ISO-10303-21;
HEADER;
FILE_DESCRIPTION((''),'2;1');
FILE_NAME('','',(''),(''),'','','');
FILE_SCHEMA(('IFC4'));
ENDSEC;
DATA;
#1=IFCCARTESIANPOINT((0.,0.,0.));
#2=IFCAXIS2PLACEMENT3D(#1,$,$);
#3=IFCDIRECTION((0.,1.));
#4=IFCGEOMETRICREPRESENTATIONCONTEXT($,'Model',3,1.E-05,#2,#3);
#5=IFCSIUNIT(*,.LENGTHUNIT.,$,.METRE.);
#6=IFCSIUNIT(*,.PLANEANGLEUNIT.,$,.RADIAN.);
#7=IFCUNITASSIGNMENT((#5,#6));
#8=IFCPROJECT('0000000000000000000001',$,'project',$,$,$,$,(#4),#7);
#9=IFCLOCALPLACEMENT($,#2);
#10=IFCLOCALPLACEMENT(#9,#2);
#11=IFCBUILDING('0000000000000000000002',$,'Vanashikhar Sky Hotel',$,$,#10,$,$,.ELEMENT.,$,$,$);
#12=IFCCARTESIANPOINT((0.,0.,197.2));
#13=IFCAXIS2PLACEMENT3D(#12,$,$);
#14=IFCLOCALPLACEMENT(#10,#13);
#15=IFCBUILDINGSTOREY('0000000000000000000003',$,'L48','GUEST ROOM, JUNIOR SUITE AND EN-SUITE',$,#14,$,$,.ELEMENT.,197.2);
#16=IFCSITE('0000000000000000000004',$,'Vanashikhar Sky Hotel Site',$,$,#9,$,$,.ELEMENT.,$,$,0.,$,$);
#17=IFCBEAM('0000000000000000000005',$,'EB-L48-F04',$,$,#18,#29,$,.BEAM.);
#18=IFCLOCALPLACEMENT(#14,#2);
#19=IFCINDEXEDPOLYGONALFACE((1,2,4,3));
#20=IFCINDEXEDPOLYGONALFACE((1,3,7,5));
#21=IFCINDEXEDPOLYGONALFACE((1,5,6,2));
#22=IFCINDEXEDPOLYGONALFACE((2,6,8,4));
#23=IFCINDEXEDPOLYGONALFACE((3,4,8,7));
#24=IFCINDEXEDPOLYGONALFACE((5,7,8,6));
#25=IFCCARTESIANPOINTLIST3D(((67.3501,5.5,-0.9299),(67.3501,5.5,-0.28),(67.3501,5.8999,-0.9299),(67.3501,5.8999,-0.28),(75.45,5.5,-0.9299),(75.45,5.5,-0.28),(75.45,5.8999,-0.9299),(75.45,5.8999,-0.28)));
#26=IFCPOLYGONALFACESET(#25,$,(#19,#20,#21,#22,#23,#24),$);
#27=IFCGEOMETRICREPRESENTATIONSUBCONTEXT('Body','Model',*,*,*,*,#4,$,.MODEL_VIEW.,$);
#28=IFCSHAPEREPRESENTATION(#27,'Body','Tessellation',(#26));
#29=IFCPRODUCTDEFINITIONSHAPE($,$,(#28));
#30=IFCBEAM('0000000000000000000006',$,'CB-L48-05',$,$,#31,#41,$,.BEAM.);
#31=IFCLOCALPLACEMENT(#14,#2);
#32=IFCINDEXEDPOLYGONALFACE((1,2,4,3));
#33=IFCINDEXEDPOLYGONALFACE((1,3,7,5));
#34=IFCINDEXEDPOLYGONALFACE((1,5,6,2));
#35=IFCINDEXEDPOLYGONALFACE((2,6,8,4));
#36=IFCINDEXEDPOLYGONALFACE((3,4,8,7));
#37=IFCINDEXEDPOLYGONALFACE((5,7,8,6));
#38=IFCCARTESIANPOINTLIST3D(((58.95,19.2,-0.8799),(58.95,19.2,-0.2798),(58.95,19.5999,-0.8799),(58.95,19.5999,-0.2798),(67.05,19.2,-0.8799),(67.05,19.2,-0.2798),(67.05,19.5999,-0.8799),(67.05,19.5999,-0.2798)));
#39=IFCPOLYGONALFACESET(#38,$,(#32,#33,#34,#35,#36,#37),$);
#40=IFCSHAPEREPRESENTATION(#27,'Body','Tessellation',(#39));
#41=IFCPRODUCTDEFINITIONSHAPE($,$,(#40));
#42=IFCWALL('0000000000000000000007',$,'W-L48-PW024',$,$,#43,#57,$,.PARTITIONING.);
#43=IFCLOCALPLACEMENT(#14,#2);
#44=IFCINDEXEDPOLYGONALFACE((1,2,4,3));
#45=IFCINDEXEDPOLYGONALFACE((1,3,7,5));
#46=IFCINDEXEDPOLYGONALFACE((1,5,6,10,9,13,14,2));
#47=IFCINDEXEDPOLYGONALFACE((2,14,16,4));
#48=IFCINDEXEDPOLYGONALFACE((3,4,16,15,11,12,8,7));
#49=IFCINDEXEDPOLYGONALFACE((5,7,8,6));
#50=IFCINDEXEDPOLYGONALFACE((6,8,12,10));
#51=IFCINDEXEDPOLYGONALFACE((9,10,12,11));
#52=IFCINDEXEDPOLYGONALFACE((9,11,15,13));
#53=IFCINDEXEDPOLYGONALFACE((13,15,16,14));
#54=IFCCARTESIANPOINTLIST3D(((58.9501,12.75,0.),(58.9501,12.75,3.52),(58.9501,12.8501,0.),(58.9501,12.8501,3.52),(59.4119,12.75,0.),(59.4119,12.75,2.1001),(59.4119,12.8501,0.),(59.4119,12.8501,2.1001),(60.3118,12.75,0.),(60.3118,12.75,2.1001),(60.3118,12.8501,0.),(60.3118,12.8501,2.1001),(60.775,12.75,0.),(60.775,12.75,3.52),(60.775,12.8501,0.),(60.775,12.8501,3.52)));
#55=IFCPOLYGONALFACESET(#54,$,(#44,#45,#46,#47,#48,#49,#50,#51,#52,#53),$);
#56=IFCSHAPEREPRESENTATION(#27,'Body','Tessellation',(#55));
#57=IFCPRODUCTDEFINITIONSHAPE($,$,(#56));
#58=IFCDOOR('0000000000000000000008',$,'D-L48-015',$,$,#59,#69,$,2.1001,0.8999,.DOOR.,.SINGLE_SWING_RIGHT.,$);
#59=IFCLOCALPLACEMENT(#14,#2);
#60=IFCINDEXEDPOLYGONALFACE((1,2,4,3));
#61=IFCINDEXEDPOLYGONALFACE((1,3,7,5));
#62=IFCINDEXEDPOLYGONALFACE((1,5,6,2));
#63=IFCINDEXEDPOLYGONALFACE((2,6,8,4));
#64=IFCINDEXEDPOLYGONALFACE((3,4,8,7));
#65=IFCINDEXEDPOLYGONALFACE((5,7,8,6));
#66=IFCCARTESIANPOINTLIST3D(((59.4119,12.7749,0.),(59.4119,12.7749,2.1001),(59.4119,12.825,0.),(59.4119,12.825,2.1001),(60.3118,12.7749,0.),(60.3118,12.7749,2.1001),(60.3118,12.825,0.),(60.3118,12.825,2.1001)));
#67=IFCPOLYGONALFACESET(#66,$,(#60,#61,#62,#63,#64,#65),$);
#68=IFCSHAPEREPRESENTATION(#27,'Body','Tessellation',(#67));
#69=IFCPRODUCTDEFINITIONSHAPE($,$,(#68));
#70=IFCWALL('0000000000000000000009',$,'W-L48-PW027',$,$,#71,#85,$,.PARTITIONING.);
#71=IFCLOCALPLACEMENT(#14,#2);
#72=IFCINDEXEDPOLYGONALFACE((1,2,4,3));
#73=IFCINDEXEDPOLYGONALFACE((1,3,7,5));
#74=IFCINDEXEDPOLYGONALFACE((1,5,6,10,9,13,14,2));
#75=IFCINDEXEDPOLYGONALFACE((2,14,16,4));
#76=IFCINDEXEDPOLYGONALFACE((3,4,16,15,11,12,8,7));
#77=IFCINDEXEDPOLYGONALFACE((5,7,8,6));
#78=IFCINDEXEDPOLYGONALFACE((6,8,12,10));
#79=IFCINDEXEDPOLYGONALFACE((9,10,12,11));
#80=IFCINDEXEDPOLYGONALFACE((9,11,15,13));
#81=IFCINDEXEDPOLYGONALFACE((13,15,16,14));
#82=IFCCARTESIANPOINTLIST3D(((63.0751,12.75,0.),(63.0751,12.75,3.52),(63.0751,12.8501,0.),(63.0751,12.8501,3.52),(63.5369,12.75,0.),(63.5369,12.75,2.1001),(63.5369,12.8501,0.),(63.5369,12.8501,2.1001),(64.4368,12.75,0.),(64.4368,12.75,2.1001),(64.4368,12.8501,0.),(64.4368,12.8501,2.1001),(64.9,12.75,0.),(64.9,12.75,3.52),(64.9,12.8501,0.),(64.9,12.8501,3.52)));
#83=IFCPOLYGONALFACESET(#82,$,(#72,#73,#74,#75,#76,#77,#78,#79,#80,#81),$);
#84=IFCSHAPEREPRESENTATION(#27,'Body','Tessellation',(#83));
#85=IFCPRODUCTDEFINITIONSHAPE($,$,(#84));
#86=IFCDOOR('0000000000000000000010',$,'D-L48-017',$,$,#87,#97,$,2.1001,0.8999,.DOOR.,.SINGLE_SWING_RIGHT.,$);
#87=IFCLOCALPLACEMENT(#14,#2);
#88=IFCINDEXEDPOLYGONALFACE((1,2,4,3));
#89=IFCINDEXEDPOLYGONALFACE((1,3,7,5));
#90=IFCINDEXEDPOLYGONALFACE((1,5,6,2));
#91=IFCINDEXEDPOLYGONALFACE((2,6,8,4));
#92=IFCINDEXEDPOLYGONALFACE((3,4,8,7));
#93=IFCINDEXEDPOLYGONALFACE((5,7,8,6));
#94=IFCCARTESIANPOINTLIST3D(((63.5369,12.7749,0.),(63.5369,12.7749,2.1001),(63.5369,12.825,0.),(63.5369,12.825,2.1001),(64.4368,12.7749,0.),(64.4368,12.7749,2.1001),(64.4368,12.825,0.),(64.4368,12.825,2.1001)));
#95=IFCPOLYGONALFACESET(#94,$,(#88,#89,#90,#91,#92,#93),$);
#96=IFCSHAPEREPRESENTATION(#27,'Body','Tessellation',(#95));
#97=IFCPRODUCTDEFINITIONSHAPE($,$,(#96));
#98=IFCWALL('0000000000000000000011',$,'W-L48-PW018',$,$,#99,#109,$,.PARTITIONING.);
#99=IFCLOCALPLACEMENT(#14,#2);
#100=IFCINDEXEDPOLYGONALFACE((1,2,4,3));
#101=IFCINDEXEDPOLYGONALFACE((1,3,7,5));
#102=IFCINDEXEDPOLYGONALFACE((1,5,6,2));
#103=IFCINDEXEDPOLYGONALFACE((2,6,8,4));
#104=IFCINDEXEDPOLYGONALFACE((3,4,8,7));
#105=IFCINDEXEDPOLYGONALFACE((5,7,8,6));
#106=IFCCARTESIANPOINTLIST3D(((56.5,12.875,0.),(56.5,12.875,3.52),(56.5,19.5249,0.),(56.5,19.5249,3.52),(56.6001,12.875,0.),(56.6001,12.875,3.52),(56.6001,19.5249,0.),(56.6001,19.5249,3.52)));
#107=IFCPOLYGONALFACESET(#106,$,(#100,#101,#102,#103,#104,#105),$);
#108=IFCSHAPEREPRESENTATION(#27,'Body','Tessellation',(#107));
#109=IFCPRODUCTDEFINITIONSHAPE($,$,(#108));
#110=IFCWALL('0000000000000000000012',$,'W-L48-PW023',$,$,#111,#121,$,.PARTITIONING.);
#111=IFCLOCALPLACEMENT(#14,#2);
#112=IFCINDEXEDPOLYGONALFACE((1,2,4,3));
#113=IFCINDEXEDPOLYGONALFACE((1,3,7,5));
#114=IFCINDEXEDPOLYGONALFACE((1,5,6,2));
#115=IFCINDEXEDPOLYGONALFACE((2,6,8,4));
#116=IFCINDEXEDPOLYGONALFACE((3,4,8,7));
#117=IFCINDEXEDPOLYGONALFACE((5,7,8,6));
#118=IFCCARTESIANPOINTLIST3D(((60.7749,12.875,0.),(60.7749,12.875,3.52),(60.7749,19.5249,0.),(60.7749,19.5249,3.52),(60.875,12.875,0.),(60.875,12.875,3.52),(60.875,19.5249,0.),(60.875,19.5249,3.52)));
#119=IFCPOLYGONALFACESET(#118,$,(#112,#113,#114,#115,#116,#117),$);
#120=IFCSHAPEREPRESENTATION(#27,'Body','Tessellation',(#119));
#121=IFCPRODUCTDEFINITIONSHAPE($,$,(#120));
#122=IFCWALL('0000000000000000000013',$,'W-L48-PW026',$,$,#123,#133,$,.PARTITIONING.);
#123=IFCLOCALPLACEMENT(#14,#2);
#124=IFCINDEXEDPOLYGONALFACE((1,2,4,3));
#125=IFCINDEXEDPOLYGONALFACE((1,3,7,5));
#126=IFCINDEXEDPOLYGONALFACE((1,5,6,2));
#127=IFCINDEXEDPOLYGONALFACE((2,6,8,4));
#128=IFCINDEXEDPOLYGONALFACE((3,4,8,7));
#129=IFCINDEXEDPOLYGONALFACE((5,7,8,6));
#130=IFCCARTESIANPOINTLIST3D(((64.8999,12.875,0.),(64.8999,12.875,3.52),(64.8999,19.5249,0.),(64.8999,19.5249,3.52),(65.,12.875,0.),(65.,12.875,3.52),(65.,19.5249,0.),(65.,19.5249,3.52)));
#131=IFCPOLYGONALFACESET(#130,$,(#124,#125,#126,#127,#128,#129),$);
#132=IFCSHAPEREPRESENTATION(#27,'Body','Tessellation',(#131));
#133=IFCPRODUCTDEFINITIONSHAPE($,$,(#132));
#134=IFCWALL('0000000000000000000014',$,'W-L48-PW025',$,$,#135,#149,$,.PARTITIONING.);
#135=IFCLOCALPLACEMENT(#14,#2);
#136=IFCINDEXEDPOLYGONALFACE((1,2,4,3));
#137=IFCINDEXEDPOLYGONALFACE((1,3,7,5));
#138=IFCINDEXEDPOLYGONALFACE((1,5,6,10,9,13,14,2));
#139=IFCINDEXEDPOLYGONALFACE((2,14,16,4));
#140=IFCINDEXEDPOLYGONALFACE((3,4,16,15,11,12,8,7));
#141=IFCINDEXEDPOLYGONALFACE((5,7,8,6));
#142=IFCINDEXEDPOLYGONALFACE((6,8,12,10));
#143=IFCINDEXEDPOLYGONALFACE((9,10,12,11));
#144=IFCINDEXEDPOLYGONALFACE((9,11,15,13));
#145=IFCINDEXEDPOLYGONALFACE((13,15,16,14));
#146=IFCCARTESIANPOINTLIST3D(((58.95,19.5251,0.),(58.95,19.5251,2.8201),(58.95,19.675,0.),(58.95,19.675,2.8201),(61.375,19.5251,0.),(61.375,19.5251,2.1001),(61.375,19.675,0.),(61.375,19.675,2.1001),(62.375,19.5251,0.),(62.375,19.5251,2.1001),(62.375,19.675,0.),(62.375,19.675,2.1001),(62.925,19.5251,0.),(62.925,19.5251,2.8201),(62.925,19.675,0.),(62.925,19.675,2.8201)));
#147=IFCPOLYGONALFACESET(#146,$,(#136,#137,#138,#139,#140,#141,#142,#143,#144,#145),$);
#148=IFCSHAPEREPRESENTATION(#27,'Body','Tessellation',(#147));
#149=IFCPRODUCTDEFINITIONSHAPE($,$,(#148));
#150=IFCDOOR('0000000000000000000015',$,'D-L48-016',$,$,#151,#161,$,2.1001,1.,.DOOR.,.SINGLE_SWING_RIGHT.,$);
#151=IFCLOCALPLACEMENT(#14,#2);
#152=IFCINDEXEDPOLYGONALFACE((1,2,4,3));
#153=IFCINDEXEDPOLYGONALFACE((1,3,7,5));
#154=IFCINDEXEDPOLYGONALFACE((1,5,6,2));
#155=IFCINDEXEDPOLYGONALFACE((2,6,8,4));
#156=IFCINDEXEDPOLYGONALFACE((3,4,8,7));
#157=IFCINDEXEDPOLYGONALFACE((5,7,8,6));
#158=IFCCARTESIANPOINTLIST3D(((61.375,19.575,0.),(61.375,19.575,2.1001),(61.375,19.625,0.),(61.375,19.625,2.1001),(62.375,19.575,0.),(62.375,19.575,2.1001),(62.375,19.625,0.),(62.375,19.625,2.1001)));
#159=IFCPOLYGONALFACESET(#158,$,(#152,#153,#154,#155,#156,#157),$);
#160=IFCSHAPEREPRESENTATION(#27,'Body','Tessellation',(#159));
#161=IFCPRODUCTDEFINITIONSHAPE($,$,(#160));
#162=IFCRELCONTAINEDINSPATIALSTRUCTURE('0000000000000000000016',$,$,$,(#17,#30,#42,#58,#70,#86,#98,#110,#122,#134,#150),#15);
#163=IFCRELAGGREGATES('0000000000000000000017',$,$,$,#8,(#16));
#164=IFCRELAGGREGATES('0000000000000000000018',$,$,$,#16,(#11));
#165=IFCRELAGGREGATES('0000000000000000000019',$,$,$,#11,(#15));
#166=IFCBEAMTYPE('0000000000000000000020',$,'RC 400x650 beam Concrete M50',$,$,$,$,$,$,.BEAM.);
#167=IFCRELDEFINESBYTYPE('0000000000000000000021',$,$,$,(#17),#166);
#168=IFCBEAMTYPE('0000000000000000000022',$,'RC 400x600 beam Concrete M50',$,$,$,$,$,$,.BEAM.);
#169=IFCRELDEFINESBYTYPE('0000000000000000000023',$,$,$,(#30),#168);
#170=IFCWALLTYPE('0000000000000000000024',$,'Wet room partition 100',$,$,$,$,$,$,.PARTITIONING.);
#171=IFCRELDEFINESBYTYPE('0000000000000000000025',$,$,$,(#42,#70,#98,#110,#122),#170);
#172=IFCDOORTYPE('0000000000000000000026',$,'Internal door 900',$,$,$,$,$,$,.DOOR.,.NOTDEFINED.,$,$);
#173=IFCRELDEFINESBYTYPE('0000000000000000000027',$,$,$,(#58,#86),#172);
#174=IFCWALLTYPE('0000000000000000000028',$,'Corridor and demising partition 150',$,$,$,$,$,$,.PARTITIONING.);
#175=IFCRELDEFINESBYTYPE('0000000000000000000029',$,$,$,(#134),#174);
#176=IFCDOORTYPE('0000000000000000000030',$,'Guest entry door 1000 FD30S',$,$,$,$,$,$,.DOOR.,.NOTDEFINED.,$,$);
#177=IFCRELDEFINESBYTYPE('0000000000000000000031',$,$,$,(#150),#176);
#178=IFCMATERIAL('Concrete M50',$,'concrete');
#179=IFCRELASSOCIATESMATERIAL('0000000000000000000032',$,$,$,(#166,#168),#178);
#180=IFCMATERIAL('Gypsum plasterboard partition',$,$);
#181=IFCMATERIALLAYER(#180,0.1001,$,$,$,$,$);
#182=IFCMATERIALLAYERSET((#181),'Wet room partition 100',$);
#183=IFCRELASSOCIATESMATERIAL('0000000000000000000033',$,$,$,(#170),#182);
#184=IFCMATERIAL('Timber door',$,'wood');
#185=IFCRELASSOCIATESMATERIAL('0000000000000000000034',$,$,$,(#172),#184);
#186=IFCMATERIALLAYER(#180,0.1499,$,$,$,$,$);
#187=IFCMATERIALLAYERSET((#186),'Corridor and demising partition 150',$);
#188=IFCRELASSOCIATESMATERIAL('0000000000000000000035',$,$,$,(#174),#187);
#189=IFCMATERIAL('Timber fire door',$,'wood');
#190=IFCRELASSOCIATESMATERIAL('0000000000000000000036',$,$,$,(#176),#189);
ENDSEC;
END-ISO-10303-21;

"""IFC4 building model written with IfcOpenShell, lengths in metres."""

from ifc_helpers import new_model, si_unit, direction, frame, frame_2d, origin, origin_2d, place, context, subcontext, project, spatial, rectangle, extrude, source, transform, mapped, material, layer, layer_set, material_profile, profile_set, type_object, element, fill, save


model = new_model("IFC4")

# Units and contexts
model_context = context("Model", 3, precision=1e-05, world=origin(), true_north=direction((0.0, 1.0)))
body_context = subcontext(model_context, "Body", "Model", "MODEL_VIEW")
ifc_project = project(units=[si_unit("LENGTHUNIT", "METRE"), si_unit("PLANEANGLEUNIT", "RADIAN")], contexts=[model_context])

# Site, building, storey
site_placement = place(None, origin())
site = spatial("IfcSite", under=ifc_project, at=site_placement, Name="Vanashikhar Sky Hotel Site", CompositionType="ELEMENT", RefElevation=0.0)
building_placement = place(site_placement, origin())
building = spatial("IfcBuilding", under=site, at=building_placement, Name="Vanashikhar Sky Hotel", CompositionType="ELEMENT")
storey_placement = place(building_placement, frame((0.0, 0.0, 197.2)))
storey = spatial("IfcBuildingStorey", under=building, at=storey_placement, Name="L48", Description="GUEST ROOM, JUNIOR SUITE AND EN-SUITE", CompositionType="ELEMENT", Elevation=197.2)

# Beams
ifc_material_1 = material(Name="Concrete M50", Category="concrete")
ifc_material_profile_1 = material_profile(ifc_material_1, rectangle(XDim=0.3999, YDim=0.6499, at=origin_2d()))
ifc_profile_set_1 = profile_set([ifc_material_profile_1], Name="RC 400x650 beam Concrete M50")
beam_type_1 = type_object("IfcBeamType", Name="RC 400x650 beam Concrete M50", PredefinedType="BEAM", material=ifc_profile_set_1)
shared_shape_1 = source(origin(), body_context, "Body", "SweptSolid", [
    extrude(rectangle(XDim=0.3999, YDim=0.6499, at=origin_2d()), origin(), (0.0, 0.0, 1.0), 8.0999),
])
beam_1_placement = place(storey_placement, frame((67.3501, 5.7, -0.605), z_axis=(1.0, 0.0, 0.0), x_axis=(0.0, 1.0, 0.0)))
element("IfcBeam", 1, at=beam_1_placement, inside=storey, type_object=beam_type_1, Name="EB-L48-F04", PredefinedType="BEAM", context=body_context, shape_type="MappedRepresentation", body=[
    mapped(shared_shape_1, transform((0.0, 0.0, 0.0), scale=1.0)),
])
ifc_material_profile_2 = material_profile(ifc_material_1, rectangle(XDim=0.3999, YDim=0.6001, at=origin_2d()))
ifc_profile_set_2 = profile_set([ifc_material_profile_2], Name="RC 400x600 beam Concrete M50")
beam_type_2 = type_object("IfcBeamType", Name="RC 400x600 beam Concrete M50", PredefinedType="BEAM", material=ifc_profile_set_2)
shared_shape_2 = source(origin(), body_context, "Body", "SweptSolid", [
    extrude(rectangle(XDim=0.3999, YDim=0.6001, at=origin_2d()), origin(), (0.0, 0.0, 1.0), 8.1001),
])
beam_2_placement = place(storey_placement, frame((58.95, 19.3999, -0.5798), z_axis=(1.0, 0.0, 0.0), x_axis=(0.0, 1.0, 0.0)))
element("IfcBeam", 2, at=beam_2_placement, inside=storey, type_object=beam_type_2, Name="CB-L48-05", PredefinedType="BEAM", context=body_context, shape_type="MappedRepresentation", body=[
    mapped(shared_shape_2, transform((0.0, 0.0, 0.0), scale=1.0)),
])

# Walls, openings, doors
ifc_material_2 = material(Name="Gypsum plasterboard partition")
ifc_layer_1 = layer(ifc_material_2, 0.1001)
ifc_layer_set_1 = layer_set([ifc_layer_1], Name="Wet room partition 100")
wall_type_1 = type_object("IfcWallType", Name="Wet room partition 100", PredefinedType="PARTITIONING", material=ifc_layer_set_1)
shared_shape_3 = source(origin(), body_context, "Body", "SweptSolid", [
    extrude(rectangle(XDim=1.825, YDim=0.1001, at=frame_2d((0.9126, 0.0))), origin(), (0.0, 0.0, 1.0), 3.52),
])
wall_1_placement = place(storey_placement, frame((58.95, 12.8, 0.0), z_axis=(0.0, 0.0, 1.0), x_axis=(1.0, 0.0, 0.0)))
wall_1 = element("IfcWall", 3, at=wall_1_placement, inside=storey, type_object=wall_type_1, Name="W-L48-PW024", PredefinedType="PARTITIONING", context=body_context, shape_type="MappedRepresentation", body=[
    mapped(shared_shape_3, transform((0.0, 0.0, 0.0), scale=1.0)),
])
shared_shape_4 = source(origin(), body_context, "Body", "SweptSolid", [
    extrude(rectangle(XDim=0.8999, YDim=2.1001, at=frame_2d((0.45, 1.05))), frame((0.0, 0.0601, 0.0), z_axis=(0.0, -1.0, 0.0), x_axis=(1.0, 0.0, 0.0)), (0.0, 0.0, 1.0), 0.1201),
])
opening_1_placement = place(wall_1_placement, frame((0.4619, 0.0, 0.0)))
opening_1 = element("IfcOpeningElement", 4, at=opening_1_placement, cuts=wall_1, PredefinedType="OPENING", context=body_context, shape_type="MappedRepresentation", body=[
    mapped(shared_shape_4, transform((0.0, 0.0, 0.0), scale=1.0)),
])
ifc_material_3 = material(Name="Timber door", Category="wood")
door_type_1 = type_object("IfcDoorType", Name="Internal door 900", OperationType="NOTDEFINED", PredefinedType="DOOR", material=ifc_material_3)
shared_shape_5 = source(origin(), body_context, "Body", "SweptSolid", [
    extrude(rectangle(XDim=0.8999, YDim=2.1001, at=frame_2d((0.45, 1.05))), frame((0.0, 0.0249, 0.0), z_axis=(0.0, -1.0, 0.0), x_axis=(1.0, 0.0, 0.0)), (0.0, 0.0, 1.0), 0.05),
])
door_1_placement = place(opening_1_placement, origin())
door_1 = element("IfcDoor", 5, at=door_1_placement, inside=storey, type_object=door_type_1, Name="D-L48-015", OperationType="SINGLE_SWING_RIGHT", OverallHeight=2.1001, OverallWidth=0.8999, PredefinedType="DOOR", context=body_context, shape_type="MappedRepresentation", body=[
    mapped(shared_shape_5, transform((0.0, 0.0, 0.0), scale=1.0)),
])
fill(opening_1, door_1)
wall_2_placement = place(storey_placement, frame((63.075, 12.8, 0.0), z_axis=(0.0, 0.0, 1.0), x_axis=(1.0, 0.0, 0.0)))
wall_2 = element("IfcWall", 6, at=wall_2_placement, inside=storey, type_object=wall_type_1, Name="W-L48-PW027", PredefinedType="PARTITIONING", context=body_context, shape_type="MappedRepresentation", body=[
    mapped(shared_shape_3, transform((0.0, 0.0, 0.0), scale=1.0)),
])
opening_2_placement = place(wall_2_placement, frame((0.4619, 0.0, 0.0)))
opening_2 = element("IfcOpeningElement", 7, at=opening_2_placement, cuts=wall_2, PredefinedType="OPENING", context=body_context, shape_type="MappedRepresentation", body=[
    mapped(shared_shape_4, transform((0.0, 0.0, 0.0), scale=1.0)),
])
door_2_placement = place(opening_2_placement, origin())
door_2 = element("IfcDoor", 8, at=door_2_placement, inside=storey, type_object=door_type_1, Name="D-L48-017", OperationType="SINGLE_SWING_RIGHT", OverallHeight=2.1001, OverallWidth=0.8999, PredefinedType="DOOR", context=body_context, shape_type="MappedRepresentation", body=[
    mapped(shared_shape_5, transform((0.0, 0.0, 0.0), scale=1.0)),
])
fill(opening_2, door_2)

# Walls
shared_shape_6 = source(origin(), body_context, "Body", "SweptSolid", [
    extrude(rectangle(XDim=6.6499, YDim=0.1001, at=frame_2d((3.325, 0.0))), origin(), (0.0, 0.0, 1.0), 3.52),
])
for number, where, z_axis, x_axis, name in (
    (9, (56.55, 12.875, 0.0), (0.0, 0.0, 1.0), (0.0, 1.0, 0.0), "W-L48-PW018"),
    (10, (60.825, 12.875, 0.0), (0.0, 0.0, 1.0), (0.0, 1.0, 0.0), "W-L48-PW023"),
    (11, (64.95, 12.875, 0.0), (0.0, 0.0, 1.0), (0.0, 1.0, 0.0), "W-L48-PW026"),
):
    element("IfcWall", number, at=place(storey_placement, frame(where, z_axis=z_axis, x_axis=x_axis)), inside=storey, type_object=wall_type_1, Name=name, PredefinedType="PARTITIONING", context=body_context, shape_type="MappedRepresentation", body=[
        mapped(shared_shape_6, transform((0.0, 0.0, 0.0), scale=1.0)),
    ])

# Wall, opening, door
ifc_layer_2 = layer(ifc_material_2, 0.1499)
ifc_layer_set_2 = layer_set([ifc_layer_2], Name="Corridor and demising partition 150")
wall_type_2 = type_object("IfcWallType", Name="Corridor and demising partition 150", PredefinedType="PARTITIONING", material=ifc_layer_set_2)
shared_shape_7 = source(origin(), body_context, "Body", "SweptSolid", [
    extrude(rectangle(XDim=3.9751, YDim=0.1499, at=frame_2d((1.9875, 0.0))), origin(), (0.0, 0.0, 1.0), 2.8201),
])
wall_3_placement = place(storey_placement, frame((58.95, 19.6001, 0.0), z_axis=(0.0, 0.0, 1.0), x_axis=(1.0, 0.0, 0.0)))
wall_3 = element("IfcWall", 12, at=wall_3_placement, inside=storey, type_object=wall_type_2, Name="W-L48-PW025", PredefinedType="PARTITIONING", context=body_context, shape_type="MappedRepresentation", body=[
    mapped(shared_shape_7, transform((0.0, 0.0, 0.0), scale=1.0)),
])
shared_shape_8 = source(origin(), body_context, "Body", "SweptSolid", [
    extrude(rectangle(XDim=1.0, YDim=2.1001, at=frame_2d((0.5, 1.05))), frame((0.0, 0.085, 0.0), z_axis=(0.0, -1.0, 0.0), x_axis=(1.0, 0.0, 0.0)), (0.0, 0.0, 1.0), 0.1699),
])
opening_3_placement = place(wall_3_placement, frame((2.425, 0.0, 0.0)))
opening_3 = element("IfcOpeningElement", 13, at=opening_3_placement, cuts=wall_3, PredefinedType="OPENING", context=body_context, shape_type="MappedRepresentation", body=[
    mapped(shared_shape_8, transform((0.0, 0.0, 0.0), scale=1.0)),
])
ifc_material_4 = material(Name="Timber fire door", Category="wood")
door_type_2 = type_object("IfcDoorType", Name="Guest entry door 1000 FD30S", OperationType="NOTDEFINED", PredefinedType="DOOR", material=ifc_material_4)
shared_shape_9 = source(origin(), body_context, "Body", "SweptSolid", [
    extrude(rectangle(XDim=1.0, YDim=2.1001, at=frame_2d((0.5, 1.05))), frame((0.0, 0.0249, 0.0), z_axis=(0.0, -1.0, 0.0), x_axis=(1.0, 0.0, 0.0)), (0.0, 0.0, 1.0), 0.05),
])
door_3_placement = place(opening_3_placement, origin())
door_3 = element("IfcDoor", 14, at=door_3_placement, inside=storey, type_object=door_type_2, Name="D-L48-016", OperationType="SINGLE_SWING_RIGHT", OverallHeight=2.1001, OverallWidth=1.0, PredefinedType="DOOR", context=body_context, shape_type="MappedRepresentation", body=[
    mapped(shared_shape_9, transform((0.0, 0.0, 0.0), scale=1.0)),
])
fill(opening_3, door_3)

save(model, "model.ifc")
